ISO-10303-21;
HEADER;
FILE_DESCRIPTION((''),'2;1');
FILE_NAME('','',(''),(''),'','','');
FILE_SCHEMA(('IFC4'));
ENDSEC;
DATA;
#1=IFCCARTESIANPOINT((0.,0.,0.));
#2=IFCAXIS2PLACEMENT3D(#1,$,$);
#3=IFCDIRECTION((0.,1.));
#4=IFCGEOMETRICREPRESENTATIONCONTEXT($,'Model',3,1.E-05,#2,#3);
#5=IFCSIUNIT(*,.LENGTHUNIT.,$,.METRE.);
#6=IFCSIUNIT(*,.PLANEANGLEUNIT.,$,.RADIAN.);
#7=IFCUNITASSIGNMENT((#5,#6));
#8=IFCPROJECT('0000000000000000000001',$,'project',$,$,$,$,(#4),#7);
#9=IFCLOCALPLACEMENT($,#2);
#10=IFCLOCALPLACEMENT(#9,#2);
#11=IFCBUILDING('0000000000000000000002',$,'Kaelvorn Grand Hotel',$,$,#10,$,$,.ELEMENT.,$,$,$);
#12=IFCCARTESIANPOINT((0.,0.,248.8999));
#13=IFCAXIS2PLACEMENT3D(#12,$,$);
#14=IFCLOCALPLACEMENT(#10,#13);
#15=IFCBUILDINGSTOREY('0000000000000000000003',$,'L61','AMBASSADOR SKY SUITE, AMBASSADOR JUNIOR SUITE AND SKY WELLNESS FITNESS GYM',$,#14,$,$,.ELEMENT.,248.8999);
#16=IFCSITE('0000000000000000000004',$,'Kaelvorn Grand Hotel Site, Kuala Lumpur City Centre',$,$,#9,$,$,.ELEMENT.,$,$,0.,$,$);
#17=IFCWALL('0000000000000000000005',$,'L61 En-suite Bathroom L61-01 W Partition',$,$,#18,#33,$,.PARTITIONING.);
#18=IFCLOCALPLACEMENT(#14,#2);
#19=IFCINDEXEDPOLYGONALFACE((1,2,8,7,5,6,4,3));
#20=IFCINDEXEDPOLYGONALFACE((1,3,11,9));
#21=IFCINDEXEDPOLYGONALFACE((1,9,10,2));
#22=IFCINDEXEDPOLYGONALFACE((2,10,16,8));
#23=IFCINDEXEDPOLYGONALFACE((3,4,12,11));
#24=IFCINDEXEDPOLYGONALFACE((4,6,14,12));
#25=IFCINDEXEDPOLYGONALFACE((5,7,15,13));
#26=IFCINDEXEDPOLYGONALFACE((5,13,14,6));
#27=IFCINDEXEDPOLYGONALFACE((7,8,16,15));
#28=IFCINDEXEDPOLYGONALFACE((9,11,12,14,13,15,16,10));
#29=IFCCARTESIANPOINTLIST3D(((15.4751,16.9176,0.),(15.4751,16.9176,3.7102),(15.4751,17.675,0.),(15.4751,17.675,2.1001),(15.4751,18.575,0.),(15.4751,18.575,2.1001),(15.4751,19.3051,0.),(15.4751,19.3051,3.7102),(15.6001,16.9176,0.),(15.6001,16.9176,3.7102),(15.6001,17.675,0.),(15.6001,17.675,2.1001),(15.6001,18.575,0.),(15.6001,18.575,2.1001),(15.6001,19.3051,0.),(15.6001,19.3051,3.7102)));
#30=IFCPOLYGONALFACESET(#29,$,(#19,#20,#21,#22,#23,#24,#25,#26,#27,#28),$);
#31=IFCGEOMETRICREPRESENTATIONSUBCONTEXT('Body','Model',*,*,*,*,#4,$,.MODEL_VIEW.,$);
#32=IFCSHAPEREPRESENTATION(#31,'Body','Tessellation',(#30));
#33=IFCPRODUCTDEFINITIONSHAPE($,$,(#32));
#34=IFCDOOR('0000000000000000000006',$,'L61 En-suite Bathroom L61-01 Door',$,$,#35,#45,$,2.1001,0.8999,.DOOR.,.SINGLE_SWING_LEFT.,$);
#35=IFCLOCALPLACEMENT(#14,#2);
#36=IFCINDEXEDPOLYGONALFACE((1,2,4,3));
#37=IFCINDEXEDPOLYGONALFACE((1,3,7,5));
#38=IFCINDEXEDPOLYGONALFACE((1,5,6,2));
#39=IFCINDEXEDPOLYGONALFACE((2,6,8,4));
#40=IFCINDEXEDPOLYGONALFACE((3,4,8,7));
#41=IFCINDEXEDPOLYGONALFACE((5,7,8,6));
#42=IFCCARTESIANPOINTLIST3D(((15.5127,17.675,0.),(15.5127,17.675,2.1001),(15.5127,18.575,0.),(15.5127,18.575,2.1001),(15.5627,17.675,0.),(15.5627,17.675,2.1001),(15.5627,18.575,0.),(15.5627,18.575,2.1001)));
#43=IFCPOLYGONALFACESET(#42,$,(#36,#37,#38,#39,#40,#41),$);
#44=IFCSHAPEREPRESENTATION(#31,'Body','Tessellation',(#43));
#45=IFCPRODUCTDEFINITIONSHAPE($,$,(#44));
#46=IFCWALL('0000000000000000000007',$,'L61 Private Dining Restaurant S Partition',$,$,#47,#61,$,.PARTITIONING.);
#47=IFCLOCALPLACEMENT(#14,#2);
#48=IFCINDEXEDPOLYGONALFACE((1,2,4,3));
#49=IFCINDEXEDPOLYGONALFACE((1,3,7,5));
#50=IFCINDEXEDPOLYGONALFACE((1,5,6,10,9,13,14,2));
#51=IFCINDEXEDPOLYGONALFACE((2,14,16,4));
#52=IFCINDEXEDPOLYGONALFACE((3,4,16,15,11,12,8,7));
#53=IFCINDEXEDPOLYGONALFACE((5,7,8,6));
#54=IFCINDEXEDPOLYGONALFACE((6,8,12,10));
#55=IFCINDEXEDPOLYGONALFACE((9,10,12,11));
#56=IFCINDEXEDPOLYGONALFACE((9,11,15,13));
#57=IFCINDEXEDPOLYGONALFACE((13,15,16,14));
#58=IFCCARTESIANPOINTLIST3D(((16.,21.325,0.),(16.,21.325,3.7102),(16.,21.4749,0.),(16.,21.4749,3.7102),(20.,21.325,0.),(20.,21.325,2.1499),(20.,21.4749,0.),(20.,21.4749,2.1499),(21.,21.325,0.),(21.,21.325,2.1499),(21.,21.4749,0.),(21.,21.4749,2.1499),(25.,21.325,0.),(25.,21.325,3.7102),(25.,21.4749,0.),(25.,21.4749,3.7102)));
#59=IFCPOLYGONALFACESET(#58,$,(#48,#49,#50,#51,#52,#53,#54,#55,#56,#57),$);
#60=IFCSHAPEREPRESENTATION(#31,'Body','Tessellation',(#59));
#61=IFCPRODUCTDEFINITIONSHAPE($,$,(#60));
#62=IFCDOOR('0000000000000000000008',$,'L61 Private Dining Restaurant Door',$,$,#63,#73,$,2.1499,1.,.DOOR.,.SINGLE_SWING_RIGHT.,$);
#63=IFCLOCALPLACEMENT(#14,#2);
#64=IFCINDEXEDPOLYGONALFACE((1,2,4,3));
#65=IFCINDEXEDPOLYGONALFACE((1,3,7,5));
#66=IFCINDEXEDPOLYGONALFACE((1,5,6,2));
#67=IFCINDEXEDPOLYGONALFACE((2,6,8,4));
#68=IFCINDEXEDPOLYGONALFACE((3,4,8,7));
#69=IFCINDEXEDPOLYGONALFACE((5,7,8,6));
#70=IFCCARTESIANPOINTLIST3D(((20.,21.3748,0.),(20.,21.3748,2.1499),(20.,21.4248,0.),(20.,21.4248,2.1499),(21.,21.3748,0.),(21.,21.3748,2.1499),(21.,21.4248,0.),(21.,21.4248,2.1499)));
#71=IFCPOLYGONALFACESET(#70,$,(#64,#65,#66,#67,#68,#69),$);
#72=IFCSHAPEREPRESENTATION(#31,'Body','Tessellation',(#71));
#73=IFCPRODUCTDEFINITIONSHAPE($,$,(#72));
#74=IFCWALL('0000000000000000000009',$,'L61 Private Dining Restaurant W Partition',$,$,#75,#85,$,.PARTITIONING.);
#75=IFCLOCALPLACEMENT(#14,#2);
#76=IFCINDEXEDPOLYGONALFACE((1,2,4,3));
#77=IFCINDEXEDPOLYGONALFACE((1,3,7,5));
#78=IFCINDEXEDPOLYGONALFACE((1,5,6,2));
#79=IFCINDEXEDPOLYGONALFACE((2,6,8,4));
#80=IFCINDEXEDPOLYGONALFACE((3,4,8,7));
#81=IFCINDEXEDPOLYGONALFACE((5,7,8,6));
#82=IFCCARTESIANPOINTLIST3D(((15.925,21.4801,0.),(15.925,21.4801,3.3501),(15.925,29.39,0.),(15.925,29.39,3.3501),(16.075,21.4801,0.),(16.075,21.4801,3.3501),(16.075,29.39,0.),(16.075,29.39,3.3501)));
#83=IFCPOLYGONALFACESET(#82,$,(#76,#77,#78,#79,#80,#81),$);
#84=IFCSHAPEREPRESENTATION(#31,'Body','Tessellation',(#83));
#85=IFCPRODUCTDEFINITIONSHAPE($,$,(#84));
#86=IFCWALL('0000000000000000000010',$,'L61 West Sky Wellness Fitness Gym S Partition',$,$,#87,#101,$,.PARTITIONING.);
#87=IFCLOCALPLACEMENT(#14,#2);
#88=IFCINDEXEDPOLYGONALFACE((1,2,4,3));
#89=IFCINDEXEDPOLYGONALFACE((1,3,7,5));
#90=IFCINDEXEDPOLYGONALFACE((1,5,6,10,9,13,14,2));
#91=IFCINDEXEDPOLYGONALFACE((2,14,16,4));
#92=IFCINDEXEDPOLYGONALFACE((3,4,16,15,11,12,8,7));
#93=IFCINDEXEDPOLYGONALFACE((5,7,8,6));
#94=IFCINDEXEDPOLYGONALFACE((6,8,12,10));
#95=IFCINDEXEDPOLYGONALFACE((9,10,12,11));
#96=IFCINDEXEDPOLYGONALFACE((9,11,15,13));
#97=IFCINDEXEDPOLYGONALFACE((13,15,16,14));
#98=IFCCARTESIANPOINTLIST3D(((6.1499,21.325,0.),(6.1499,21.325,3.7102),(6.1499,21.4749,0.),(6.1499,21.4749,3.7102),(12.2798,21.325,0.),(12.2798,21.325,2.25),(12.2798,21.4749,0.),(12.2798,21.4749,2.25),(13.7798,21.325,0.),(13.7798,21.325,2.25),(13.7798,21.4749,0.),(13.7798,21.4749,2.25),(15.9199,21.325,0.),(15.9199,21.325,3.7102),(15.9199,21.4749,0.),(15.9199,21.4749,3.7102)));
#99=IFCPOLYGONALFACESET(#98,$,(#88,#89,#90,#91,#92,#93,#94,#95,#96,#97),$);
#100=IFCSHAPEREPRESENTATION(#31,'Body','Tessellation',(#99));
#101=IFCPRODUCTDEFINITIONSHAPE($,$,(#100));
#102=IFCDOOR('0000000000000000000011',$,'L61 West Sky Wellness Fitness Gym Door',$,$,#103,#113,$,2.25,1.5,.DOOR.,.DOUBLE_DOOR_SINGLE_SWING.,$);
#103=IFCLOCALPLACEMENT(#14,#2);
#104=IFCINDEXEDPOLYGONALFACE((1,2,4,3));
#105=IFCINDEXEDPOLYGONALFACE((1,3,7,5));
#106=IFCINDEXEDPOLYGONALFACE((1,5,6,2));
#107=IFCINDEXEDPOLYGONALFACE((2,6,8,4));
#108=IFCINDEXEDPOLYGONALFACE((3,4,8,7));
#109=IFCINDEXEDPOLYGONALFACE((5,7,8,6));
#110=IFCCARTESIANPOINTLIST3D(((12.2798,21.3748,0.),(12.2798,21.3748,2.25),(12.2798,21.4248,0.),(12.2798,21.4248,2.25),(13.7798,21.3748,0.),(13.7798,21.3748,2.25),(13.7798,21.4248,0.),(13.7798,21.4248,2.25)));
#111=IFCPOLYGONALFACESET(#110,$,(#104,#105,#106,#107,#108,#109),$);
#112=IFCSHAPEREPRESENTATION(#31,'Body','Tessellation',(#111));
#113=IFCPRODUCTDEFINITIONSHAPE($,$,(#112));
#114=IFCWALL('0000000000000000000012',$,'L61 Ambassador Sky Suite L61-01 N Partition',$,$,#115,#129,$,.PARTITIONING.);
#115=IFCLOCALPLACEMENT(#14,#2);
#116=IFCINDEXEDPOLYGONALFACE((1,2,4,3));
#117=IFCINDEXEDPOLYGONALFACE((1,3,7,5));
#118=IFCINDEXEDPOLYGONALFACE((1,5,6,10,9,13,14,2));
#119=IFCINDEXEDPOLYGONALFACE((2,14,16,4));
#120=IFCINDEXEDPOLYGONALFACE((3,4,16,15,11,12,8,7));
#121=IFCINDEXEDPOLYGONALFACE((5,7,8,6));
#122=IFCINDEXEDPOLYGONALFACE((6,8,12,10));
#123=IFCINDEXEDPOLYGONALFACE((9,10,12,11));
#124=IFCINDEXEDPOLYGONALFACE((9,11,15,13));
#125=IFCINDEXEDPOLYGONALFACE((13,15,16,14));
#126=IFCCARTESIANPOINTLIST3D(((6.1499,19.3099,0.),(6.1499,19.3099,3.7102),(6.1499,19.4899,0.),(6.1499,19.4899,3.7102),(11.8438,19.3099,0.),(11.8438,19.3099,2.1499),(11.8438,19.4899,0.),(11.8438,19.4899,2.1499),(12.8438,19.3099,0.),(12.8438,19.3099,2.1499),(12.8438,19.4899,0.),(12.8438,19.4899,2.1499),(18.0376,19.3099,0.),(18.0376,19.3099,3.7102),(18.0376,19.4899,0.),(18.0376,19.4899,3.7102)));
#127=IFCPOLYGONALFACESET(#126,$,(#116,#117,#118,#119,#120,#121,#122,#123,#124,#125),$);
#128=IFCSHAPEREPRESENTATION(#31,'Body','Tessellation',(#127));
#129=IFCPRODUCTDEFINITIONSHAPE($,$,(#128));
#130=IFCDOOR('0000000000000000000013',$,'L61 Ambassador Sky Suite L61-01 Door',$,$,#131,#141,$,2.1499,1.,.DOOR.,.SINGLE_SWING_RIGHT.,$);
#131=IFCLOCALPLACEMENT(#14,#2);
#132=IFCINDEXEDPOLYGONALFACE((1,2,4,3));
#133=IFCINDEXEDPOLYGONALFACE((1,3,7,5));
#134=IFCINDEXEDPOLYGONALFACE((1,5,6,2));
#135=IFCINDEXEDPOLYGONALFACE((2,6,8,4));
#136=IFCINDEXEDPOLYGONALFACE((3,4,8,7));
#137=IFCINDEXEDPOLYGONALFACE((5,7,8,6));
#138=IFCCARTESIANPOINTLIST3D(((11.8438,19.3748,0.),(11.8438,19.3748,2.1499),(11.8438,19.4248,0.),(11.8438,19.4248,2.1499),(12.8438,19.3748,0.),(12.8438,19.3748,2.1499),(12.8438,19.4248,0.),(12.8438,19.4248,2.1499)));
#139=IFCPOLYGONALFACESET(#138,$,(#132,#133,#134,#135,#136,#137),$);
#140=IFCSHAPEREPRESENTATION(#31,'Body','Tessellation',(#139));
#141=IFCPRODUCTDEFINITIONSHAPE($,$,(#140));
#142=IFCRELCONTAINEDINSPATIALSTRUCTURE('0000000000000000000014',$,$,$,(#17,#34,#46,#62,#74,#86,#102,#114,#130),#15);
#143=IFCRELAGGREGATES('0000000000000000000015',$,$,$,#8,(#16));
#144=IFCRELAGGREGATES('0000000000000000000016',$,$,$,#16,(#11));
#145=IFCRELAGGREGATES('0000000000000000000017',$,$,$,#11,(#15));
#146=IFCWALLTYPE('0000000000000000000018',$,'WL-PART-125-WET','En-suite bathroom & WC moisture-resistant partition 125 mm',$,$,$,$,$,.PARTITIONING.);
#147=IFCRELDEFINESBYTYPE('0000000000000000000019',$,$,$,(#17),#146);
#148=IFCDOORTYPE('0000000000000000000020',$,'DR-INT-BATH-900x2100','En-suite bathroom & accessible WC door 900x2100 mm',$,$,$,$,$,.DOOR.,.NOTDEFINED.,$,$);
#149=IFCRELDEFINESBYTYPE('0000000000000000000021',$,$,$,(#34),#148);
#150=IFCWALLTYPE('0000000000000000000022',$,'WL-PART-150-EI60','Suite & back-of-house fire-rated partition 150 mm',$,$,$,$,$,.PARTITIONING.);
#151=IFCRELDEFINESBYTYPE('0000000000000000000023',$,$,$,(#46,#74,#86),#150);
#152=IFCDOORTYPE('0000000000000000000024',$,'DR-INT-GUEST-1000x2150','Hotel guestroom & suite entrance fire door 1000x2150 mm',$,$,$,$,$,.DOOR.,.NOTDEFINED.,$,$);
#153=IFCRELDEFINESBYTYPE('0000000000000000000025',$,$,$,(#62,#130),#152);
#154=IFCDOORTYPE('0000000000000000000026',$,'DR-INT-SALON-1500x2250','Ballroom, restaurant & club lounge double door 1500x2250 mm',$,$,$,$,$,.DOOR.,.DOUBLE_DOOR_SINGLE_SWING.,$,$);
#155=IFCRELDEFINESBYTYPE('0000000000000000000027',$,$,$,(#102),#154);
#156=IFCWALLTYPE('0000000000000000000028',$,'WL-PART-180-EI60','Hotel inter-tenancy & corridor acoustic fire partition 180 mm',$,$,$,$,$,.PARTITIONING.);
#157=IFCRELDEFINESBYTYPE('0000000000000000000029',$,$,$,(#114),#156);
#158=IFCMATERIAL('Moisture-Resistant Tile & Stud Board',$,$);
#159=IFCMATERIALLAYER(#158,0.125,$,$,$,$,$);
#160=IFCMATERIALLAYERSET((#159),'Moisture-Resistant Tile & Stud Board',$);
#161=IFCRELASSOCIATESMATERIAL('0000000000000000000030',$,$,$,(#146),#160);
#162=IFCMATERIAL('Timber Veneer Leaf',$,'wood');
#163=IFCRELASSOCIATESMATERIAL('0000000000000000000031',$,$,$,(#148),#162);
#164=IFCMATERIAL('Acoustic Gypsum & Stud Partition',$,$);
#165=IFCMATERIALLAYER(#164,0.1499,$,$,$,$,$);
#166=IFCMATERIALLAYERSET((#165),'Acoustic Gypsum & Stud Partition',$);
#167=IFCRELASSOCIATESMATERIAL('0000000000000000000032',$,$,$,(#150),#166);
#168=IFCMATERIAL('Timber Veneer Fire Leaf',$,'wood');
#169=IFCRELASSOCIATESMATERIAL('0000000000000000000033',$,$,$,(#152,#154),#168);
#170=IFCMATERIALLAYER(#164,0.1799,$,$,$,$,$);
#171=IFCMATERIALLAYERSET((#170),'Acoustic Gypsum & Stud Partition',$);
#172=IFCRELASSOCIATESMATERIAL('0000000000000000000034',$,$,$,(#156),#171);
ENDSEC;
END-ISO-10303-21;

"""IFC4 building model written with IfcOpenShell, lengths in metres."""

from ifc_helpers import new_model, si_unit, direction, frame, frame_2d, origin, place, context, subcontext, project, spatial, rectangle, extrude, material, layer, layer_set, type_object, element, fill, save


model = new_model("IFC4")

# Units and contexts
model_context = context("Model", 3, precision=1e-05, world=origin(), true_north=direction((0.0, 1.0)))
body_context = subcontext(model_context, "Body", "Model", "MODEL_VIEW")
ifc_project = project(units=[si_unit("LENGTHUNIT", "METRE"), si_unit("PLANEANGLEUNIT", "RADIAN")], contexts=[model_context])

# Site, building, storey
site_placement = place(None, origin())
site = spatial("IfcSite", under=ifc_project, at=site_placement, Name="Kaelvorn Grand Hotel Site, Kuala Lumpur City Centre", CompositionType="ELEMENT", RefElevation=0.0)
building_placement = place(site_placement, origin())
building = spatial("IfcBuilding", under=site, at=building_placement, Name="Kaelvorn Grand Hotel", CompositionType="ELEMENT")
storey_placement = place(building_placement, frame((0.0, 0.0, 248.8999)))
storey = spatial("IfcBuildingStorey", under=building, at=storey_placement, Name="L61", Description="AMBASSADOR SKY SUITE, AMBASSADOR JUNIOR SUITE AND SKY WELLNESS FITNESS GYM", CompositionType="ELEMENT", Elevation=248.8999)

# Shared definitions
ifc_material_1 = material(Name="Moisture-Resistant Tile & Stud Board")
ifc_layer_1 = layer(ifc_material_1, 0.125)
ifc_layer_set_1 = layer_set([ifc_layer_1], Name="Moisture-Resistant Tile & Stud Board")
wall_type_1 = type_object("IfcWallType", Name="WL-PART-125-WET", Description="En-suite bathroom & WC moisture-resistant partition 125 mm", PredefinedType="PARTITIONING", material=ifc_layer_set_1)

# Walls, openings, doors
wall_1_placement = place(storey_placement, frame((15.5376, 16.9175, 0.0), z_axis=(0.0, 0.0, 1.0), x_axis=(0.0, 1.0, 0.0)))
wall_1 = element("IfcWall", 1, at=wall_1_placement, inside=storey, type_object=wall_type_1, Name="L61 En-suite Bathroom L61-01 W Partition", PredefinedType="PARTITIONING", context=body_context, shape_type="SweptSolid", body=[
    extrude(rectangle(XDim=2.3875, YDim=0.125, at=frame_2d((1.1938, 0.0))), origin(), (0.0, 0.0, 1.0), 3.7102),
])
opening_1_placement = place(wall_1_placement, frame((0.7576, 0.0, 0.0)))
opening_1 = element("IfcOpeningElement", 2, at=opening_1_placement, cuts=wall_1, PredefinedType="OPENING", context=body_context, shape_type="SweptSolid", body=[
    extrude(rectangle(XDim=0.8999, YDim=2.1001, at=frame_2d((0.45, 1.05))), frame((0.0, 0.0725, 0.0), z_axis=(0.0, -1.0, 0.0), x_axis=(1.0, 0.0, 0.0)), (0.0, 0.0, 1.0), 0.145),
])
ifc_material_2 = material(Name="Timber Veneer Leaf", Category="wood")
door_type_1 = type_object("IfcDoorType", Name="DR-INT-BATH-900x2100", Description="En-suite bathroom & accessible WC door 900x2100 mm", OperationType="NOTDEFINED", PredefinedType="DOOR", material=ifc_material_2)
door_1_placement = place(opening_1_placement, origin())
door_1 = element("IfcDoor", 3, at=door_1_placement, inside=storey, type_object=door_type_1, Name="L61 En-suite Bathroom L61-01 Door", OperationType="SINGLE_SWING_LEFT", OverallHeight=2.1001, OverallWidth=0.8999, PredefinedType="DOOR", context=body_context, shape_type="SweptSolid", body=[
    extrude(rectangle(XDim=0.8999, YDim=2.1001, at=frame_2d((0.45, 1.05))), frame((0.0, 0.0249, 0.0), z_axis=(0.0, -1.0, 0.0), x_axis=(1.0, 0.0, 0.0)), (0.0, 0.0, 1.0), 0.05),
])
fill(opening_1, door_1)
ifc_material_3 = material(Name="Acoustic Gypsum & Stud Partition")
ifc_layer_2 = layer(ifc_material_3, 0.1499)
ifc_layer_set_2 = layer_set([ifc_layer_2], Name="Acoustic Gypsum & Stud Partition")
wall_type_2 = type_object("IfcWallType", Name="WL-PART-150-EI60", Description="Suite & back-of-house fire-rated partition 150 mm", PredefinedType="PARTITIONING", material=ifc_layer_set_2)
wall_2_placement = place(storey_placement, frame((16.0, 21.3999, 0.0), z_axis=(0.0, 0.0, 1.0), x_axis=(1.0, 0.0, 0.0)))
wall_2 = element("IfcWall", 4, at=wall_2_placement, inside=storey, type_object=wall_type_2, Name="L61 Private Dining Restaurant S Partition", PredefinedType="PARTITIONING", context=body_context, shape_type="SweptSolid", body=[
    extrude(rectangle(XDim=9.0, YDim=0.1499, at=frame_2d((4.5, 0.0))), origin(), (0.0, 0.0, 1.0), 3.7102),
])
opening_2_placement = place(wall_2_placement, frame((4.0, 0.0, 0.0)))
opening_2 = element("IfcOpeningElement", 5, at=opening_2_placement, cuts=wall_2, PredefinedType="OPENING", context=body_context, shape_type="SweptSolid", body=[
    extrude(rectangle(XDim=1.0, YDim=2.1499, at=frame_2d((0.5, 1.075))), frame((0.0, 0.085, 0.0), z_axis=(0.0, -1.0, 0.0), x_axis=(1.0, 0.0, 0.0)), (0.0, 0.0, 1.0), 0.1699),
])
ifc_material_4 = material(Name="Timber Veneer Fire Leaf", Category="wood")
door_type_2 = type_object("IfcDoorType", Name="DR-INT-GUEST-1000x2150", Description="Hotel guestroom & suite entrance fire door 1000x2150 mm", OperationType="NOTDEFINED", PredefinedType="DOOR", material=ifc_material_4)
door_2_placement = place(opening_2_placement, origin())
door_2 = element("IfcDoor", 6, at=door_2_placement, inside=storey, type_object=door_type_2, Name="L61 Private Dining Restaurant Door", OperationType="SINGLE_SWING_RIGHT", OverallHeight=2.1499, OverallWidth=1.0, PredefinedType="DOOR", context=body_context, shape_type="SweptSolid", body=[
    extrude(rectangle(XDim=1.0, YDim=2.1499, at=frame_2d((0.5, 1.075))), frame((0.0, 0.0249, 0.0), z_axis=(0.0, -1.0, 0.0), x_axis=(1.0, 0.0, 0.0)), (0.0, 0.0, 1.0), 0.05),
])
fill(opening_2, door_2)

# Wall
wall_3_placement = place(storey_placement, frame((16.0, 21.48, 0.0), z_axis=(0.0, 0.0, 1.0), x_axis=(0.0, 1.0, 0.0)))
element("IfcWall", 7, at=wall_3_placement, inside=storey, type_object=wall_type_2, Name="L61 Private Dining Restaurant W Partition", PredefinedType="PARTITIONING", context=body_context, shape_type="SweptSolid", body=[
    extrude(rectangle(XDim=7.9099, YDim=0.1499, at=frame_2d((3.9551, 0.0))), origin(), (0.0, 0.0, 1.0), 3.3501),
])

# Walls, openings, doors
wall_4_placement = place(storey_placement, frame((6.1499, 21.3999, 0.0), z_axis=(0.0, 0.0, 1.0), x_axis=(1.0, 0.0, 0.0)))
wall_4 = element("IfcWall", 8, at=wall_4_placement, inside=storey, type_object=wall_type_2, Name="L61 West Sky Wellness Fitness Gym S Partition", PredefinedType="PARTITIONING", context=body_context, shape_type="SweptSolid", body=[
    extrude(rectangle(XDim=9.77, YDim=0.1499, at=frame_2d((4.885, 0.0))), origin(), (0.0, 0.0, 1.0), 3.7102),
])
opening_3_placement = place(wall_4_placement, frame((6.1299, 0.0, 0.0)))
opening_3 = element("IfcOpeningElement", 9, at=opening_3_placement, cuts=wall_4, PredefinedType="OPENING", context=body_context, shape_type="SweptSolid", body=[
    extrude(rectangle(XDim=1.5, YDim=2.25, at=frame_2d((0.75, 1.125))), frame((0.0, 0.085, 0.0), z_axis=(0.0, -1.0, 0.0), x_axis=(1.0, 0.0, 0.0)), (0.0, 0.0, 1.0), 0.1699),
])
door_type_3 = type_object("IfcDoorType", Name="DR-INT-SALON-1500x2250", Description="Ballroom, restaurant & club lounge double door 1500x2250 mm", OperationType="DOUBLE_DOOR_SINGLE_SWING", PredefinedType="DOOR", material=ifc_material_4)
door_3_placement = place(opening_3_placement, origin())
door_3 = element("IfcDoor", 10, at=door_3_placement, inside=storey, type_object=door_type_3, Name="L61 West Sky Wellness Fitness Gym Door", OperationType="DOUBLE_DOOR_SINGLE_SWING", OverallHeight=2.25, OverallWidth=1.5, PredefinedType="DOOR", context=body_context, shape_type="SweptSolid", body=[
    extrude(rectangle(XDim=1.5, YDim=2.25, at=frame_2d((0.75, 1.125))), frame((0.0, 0.0249, 0.0), z_axis=(0.0, -1.0, 0.0), x_axis=(1.0, 0.0, 0.0)), (0.0, 0.0, 1.0), 0.05),
])
fill(opening_3, door_3)
ifc_layer_3 = layer(ifc_material_3, 0.1799)
ifc_layer_set_3 = layer_set([ifc_layer_3], Name="Acoustic Gypsum & Stud Partition")
wall_type_3 = type_object("IfcWallType", Name="WL-PART-180-EI60", Description="Hotel inter-tenancy & corridor acoustic fire partition 180 mm", PredefinedType="PARTITIONING", material=ifc_layer_set_3)
wall_5_placement = place(storey_placement, frame((6.1499, 19.3999, 0.0), z_axis=(0.0, 0.0, 1.0), x_axis=(1.0, 0.0, 0.0)))
wall_5 = element("IfcWall", 11, at=wall_5_placement, inside=storey, type_object=wall_type_3, Name="L61 Ambassador Sky Suite L61-01 N Partition", PredefinedType="PARTITIONING", context=body_context, shape_type="SweptSolid", body=[
    extrude(rectangle(XDim=11.8877, YDim=0.1799, at=frame_2d((5.9438, 0.0))), origin(), (0.0, 0.0, 1.0), 3.7102),
])
opening_4_placement = place(wall_5_placement, frame((5.6938, 0.0, 0.0)))
opening_4 = element("IfcOpeningElement", 12, at=opening_4_placement, cuts=wall_5, PredefinedType="OPENING", context=body_context, shape_type="SweptSolid", body=[
    extrude(rectangle(XDim=1.0, YDim=2.1499, at=frame_2d((0.5, 1.075))), frame((0.0, 0.1001, 0.0), z_axis=(0.0, -1.0, 0.0), x_axis=(1.0, 0.0, 0.0)), (0.0, 0.0, 1.0), 0.2),
])
door_4_placement = place(opening_4_placement, origin())
door_4 = element("IfcDoor", 13, at=door_4_placement, inside=storey, type_object=door_type_2, Name="L61 Ambassador Sky Suite L61-01 Door", OperationType="SINGLE_SWING_RIGHT", OverallHeight=2.1499, OverallWidth=1.0, PredefinedType="DOOR", context=body_context, shape_type="SweptSolid", body=[
    extrude(rectangle(XDim=1.0, YDim=2.1499, at=frame_2d((0.5, 1.075))), frame((0.0, 0.0249, 0.0), z_axis=(0.0, -1.0, 0.0), x_axis=(1.0, 0.0, 0.0)), (0.0, 0.0, 1.0), 0.05),
])
fill(opening_4, door_4)

save(model, "model.ifc")
